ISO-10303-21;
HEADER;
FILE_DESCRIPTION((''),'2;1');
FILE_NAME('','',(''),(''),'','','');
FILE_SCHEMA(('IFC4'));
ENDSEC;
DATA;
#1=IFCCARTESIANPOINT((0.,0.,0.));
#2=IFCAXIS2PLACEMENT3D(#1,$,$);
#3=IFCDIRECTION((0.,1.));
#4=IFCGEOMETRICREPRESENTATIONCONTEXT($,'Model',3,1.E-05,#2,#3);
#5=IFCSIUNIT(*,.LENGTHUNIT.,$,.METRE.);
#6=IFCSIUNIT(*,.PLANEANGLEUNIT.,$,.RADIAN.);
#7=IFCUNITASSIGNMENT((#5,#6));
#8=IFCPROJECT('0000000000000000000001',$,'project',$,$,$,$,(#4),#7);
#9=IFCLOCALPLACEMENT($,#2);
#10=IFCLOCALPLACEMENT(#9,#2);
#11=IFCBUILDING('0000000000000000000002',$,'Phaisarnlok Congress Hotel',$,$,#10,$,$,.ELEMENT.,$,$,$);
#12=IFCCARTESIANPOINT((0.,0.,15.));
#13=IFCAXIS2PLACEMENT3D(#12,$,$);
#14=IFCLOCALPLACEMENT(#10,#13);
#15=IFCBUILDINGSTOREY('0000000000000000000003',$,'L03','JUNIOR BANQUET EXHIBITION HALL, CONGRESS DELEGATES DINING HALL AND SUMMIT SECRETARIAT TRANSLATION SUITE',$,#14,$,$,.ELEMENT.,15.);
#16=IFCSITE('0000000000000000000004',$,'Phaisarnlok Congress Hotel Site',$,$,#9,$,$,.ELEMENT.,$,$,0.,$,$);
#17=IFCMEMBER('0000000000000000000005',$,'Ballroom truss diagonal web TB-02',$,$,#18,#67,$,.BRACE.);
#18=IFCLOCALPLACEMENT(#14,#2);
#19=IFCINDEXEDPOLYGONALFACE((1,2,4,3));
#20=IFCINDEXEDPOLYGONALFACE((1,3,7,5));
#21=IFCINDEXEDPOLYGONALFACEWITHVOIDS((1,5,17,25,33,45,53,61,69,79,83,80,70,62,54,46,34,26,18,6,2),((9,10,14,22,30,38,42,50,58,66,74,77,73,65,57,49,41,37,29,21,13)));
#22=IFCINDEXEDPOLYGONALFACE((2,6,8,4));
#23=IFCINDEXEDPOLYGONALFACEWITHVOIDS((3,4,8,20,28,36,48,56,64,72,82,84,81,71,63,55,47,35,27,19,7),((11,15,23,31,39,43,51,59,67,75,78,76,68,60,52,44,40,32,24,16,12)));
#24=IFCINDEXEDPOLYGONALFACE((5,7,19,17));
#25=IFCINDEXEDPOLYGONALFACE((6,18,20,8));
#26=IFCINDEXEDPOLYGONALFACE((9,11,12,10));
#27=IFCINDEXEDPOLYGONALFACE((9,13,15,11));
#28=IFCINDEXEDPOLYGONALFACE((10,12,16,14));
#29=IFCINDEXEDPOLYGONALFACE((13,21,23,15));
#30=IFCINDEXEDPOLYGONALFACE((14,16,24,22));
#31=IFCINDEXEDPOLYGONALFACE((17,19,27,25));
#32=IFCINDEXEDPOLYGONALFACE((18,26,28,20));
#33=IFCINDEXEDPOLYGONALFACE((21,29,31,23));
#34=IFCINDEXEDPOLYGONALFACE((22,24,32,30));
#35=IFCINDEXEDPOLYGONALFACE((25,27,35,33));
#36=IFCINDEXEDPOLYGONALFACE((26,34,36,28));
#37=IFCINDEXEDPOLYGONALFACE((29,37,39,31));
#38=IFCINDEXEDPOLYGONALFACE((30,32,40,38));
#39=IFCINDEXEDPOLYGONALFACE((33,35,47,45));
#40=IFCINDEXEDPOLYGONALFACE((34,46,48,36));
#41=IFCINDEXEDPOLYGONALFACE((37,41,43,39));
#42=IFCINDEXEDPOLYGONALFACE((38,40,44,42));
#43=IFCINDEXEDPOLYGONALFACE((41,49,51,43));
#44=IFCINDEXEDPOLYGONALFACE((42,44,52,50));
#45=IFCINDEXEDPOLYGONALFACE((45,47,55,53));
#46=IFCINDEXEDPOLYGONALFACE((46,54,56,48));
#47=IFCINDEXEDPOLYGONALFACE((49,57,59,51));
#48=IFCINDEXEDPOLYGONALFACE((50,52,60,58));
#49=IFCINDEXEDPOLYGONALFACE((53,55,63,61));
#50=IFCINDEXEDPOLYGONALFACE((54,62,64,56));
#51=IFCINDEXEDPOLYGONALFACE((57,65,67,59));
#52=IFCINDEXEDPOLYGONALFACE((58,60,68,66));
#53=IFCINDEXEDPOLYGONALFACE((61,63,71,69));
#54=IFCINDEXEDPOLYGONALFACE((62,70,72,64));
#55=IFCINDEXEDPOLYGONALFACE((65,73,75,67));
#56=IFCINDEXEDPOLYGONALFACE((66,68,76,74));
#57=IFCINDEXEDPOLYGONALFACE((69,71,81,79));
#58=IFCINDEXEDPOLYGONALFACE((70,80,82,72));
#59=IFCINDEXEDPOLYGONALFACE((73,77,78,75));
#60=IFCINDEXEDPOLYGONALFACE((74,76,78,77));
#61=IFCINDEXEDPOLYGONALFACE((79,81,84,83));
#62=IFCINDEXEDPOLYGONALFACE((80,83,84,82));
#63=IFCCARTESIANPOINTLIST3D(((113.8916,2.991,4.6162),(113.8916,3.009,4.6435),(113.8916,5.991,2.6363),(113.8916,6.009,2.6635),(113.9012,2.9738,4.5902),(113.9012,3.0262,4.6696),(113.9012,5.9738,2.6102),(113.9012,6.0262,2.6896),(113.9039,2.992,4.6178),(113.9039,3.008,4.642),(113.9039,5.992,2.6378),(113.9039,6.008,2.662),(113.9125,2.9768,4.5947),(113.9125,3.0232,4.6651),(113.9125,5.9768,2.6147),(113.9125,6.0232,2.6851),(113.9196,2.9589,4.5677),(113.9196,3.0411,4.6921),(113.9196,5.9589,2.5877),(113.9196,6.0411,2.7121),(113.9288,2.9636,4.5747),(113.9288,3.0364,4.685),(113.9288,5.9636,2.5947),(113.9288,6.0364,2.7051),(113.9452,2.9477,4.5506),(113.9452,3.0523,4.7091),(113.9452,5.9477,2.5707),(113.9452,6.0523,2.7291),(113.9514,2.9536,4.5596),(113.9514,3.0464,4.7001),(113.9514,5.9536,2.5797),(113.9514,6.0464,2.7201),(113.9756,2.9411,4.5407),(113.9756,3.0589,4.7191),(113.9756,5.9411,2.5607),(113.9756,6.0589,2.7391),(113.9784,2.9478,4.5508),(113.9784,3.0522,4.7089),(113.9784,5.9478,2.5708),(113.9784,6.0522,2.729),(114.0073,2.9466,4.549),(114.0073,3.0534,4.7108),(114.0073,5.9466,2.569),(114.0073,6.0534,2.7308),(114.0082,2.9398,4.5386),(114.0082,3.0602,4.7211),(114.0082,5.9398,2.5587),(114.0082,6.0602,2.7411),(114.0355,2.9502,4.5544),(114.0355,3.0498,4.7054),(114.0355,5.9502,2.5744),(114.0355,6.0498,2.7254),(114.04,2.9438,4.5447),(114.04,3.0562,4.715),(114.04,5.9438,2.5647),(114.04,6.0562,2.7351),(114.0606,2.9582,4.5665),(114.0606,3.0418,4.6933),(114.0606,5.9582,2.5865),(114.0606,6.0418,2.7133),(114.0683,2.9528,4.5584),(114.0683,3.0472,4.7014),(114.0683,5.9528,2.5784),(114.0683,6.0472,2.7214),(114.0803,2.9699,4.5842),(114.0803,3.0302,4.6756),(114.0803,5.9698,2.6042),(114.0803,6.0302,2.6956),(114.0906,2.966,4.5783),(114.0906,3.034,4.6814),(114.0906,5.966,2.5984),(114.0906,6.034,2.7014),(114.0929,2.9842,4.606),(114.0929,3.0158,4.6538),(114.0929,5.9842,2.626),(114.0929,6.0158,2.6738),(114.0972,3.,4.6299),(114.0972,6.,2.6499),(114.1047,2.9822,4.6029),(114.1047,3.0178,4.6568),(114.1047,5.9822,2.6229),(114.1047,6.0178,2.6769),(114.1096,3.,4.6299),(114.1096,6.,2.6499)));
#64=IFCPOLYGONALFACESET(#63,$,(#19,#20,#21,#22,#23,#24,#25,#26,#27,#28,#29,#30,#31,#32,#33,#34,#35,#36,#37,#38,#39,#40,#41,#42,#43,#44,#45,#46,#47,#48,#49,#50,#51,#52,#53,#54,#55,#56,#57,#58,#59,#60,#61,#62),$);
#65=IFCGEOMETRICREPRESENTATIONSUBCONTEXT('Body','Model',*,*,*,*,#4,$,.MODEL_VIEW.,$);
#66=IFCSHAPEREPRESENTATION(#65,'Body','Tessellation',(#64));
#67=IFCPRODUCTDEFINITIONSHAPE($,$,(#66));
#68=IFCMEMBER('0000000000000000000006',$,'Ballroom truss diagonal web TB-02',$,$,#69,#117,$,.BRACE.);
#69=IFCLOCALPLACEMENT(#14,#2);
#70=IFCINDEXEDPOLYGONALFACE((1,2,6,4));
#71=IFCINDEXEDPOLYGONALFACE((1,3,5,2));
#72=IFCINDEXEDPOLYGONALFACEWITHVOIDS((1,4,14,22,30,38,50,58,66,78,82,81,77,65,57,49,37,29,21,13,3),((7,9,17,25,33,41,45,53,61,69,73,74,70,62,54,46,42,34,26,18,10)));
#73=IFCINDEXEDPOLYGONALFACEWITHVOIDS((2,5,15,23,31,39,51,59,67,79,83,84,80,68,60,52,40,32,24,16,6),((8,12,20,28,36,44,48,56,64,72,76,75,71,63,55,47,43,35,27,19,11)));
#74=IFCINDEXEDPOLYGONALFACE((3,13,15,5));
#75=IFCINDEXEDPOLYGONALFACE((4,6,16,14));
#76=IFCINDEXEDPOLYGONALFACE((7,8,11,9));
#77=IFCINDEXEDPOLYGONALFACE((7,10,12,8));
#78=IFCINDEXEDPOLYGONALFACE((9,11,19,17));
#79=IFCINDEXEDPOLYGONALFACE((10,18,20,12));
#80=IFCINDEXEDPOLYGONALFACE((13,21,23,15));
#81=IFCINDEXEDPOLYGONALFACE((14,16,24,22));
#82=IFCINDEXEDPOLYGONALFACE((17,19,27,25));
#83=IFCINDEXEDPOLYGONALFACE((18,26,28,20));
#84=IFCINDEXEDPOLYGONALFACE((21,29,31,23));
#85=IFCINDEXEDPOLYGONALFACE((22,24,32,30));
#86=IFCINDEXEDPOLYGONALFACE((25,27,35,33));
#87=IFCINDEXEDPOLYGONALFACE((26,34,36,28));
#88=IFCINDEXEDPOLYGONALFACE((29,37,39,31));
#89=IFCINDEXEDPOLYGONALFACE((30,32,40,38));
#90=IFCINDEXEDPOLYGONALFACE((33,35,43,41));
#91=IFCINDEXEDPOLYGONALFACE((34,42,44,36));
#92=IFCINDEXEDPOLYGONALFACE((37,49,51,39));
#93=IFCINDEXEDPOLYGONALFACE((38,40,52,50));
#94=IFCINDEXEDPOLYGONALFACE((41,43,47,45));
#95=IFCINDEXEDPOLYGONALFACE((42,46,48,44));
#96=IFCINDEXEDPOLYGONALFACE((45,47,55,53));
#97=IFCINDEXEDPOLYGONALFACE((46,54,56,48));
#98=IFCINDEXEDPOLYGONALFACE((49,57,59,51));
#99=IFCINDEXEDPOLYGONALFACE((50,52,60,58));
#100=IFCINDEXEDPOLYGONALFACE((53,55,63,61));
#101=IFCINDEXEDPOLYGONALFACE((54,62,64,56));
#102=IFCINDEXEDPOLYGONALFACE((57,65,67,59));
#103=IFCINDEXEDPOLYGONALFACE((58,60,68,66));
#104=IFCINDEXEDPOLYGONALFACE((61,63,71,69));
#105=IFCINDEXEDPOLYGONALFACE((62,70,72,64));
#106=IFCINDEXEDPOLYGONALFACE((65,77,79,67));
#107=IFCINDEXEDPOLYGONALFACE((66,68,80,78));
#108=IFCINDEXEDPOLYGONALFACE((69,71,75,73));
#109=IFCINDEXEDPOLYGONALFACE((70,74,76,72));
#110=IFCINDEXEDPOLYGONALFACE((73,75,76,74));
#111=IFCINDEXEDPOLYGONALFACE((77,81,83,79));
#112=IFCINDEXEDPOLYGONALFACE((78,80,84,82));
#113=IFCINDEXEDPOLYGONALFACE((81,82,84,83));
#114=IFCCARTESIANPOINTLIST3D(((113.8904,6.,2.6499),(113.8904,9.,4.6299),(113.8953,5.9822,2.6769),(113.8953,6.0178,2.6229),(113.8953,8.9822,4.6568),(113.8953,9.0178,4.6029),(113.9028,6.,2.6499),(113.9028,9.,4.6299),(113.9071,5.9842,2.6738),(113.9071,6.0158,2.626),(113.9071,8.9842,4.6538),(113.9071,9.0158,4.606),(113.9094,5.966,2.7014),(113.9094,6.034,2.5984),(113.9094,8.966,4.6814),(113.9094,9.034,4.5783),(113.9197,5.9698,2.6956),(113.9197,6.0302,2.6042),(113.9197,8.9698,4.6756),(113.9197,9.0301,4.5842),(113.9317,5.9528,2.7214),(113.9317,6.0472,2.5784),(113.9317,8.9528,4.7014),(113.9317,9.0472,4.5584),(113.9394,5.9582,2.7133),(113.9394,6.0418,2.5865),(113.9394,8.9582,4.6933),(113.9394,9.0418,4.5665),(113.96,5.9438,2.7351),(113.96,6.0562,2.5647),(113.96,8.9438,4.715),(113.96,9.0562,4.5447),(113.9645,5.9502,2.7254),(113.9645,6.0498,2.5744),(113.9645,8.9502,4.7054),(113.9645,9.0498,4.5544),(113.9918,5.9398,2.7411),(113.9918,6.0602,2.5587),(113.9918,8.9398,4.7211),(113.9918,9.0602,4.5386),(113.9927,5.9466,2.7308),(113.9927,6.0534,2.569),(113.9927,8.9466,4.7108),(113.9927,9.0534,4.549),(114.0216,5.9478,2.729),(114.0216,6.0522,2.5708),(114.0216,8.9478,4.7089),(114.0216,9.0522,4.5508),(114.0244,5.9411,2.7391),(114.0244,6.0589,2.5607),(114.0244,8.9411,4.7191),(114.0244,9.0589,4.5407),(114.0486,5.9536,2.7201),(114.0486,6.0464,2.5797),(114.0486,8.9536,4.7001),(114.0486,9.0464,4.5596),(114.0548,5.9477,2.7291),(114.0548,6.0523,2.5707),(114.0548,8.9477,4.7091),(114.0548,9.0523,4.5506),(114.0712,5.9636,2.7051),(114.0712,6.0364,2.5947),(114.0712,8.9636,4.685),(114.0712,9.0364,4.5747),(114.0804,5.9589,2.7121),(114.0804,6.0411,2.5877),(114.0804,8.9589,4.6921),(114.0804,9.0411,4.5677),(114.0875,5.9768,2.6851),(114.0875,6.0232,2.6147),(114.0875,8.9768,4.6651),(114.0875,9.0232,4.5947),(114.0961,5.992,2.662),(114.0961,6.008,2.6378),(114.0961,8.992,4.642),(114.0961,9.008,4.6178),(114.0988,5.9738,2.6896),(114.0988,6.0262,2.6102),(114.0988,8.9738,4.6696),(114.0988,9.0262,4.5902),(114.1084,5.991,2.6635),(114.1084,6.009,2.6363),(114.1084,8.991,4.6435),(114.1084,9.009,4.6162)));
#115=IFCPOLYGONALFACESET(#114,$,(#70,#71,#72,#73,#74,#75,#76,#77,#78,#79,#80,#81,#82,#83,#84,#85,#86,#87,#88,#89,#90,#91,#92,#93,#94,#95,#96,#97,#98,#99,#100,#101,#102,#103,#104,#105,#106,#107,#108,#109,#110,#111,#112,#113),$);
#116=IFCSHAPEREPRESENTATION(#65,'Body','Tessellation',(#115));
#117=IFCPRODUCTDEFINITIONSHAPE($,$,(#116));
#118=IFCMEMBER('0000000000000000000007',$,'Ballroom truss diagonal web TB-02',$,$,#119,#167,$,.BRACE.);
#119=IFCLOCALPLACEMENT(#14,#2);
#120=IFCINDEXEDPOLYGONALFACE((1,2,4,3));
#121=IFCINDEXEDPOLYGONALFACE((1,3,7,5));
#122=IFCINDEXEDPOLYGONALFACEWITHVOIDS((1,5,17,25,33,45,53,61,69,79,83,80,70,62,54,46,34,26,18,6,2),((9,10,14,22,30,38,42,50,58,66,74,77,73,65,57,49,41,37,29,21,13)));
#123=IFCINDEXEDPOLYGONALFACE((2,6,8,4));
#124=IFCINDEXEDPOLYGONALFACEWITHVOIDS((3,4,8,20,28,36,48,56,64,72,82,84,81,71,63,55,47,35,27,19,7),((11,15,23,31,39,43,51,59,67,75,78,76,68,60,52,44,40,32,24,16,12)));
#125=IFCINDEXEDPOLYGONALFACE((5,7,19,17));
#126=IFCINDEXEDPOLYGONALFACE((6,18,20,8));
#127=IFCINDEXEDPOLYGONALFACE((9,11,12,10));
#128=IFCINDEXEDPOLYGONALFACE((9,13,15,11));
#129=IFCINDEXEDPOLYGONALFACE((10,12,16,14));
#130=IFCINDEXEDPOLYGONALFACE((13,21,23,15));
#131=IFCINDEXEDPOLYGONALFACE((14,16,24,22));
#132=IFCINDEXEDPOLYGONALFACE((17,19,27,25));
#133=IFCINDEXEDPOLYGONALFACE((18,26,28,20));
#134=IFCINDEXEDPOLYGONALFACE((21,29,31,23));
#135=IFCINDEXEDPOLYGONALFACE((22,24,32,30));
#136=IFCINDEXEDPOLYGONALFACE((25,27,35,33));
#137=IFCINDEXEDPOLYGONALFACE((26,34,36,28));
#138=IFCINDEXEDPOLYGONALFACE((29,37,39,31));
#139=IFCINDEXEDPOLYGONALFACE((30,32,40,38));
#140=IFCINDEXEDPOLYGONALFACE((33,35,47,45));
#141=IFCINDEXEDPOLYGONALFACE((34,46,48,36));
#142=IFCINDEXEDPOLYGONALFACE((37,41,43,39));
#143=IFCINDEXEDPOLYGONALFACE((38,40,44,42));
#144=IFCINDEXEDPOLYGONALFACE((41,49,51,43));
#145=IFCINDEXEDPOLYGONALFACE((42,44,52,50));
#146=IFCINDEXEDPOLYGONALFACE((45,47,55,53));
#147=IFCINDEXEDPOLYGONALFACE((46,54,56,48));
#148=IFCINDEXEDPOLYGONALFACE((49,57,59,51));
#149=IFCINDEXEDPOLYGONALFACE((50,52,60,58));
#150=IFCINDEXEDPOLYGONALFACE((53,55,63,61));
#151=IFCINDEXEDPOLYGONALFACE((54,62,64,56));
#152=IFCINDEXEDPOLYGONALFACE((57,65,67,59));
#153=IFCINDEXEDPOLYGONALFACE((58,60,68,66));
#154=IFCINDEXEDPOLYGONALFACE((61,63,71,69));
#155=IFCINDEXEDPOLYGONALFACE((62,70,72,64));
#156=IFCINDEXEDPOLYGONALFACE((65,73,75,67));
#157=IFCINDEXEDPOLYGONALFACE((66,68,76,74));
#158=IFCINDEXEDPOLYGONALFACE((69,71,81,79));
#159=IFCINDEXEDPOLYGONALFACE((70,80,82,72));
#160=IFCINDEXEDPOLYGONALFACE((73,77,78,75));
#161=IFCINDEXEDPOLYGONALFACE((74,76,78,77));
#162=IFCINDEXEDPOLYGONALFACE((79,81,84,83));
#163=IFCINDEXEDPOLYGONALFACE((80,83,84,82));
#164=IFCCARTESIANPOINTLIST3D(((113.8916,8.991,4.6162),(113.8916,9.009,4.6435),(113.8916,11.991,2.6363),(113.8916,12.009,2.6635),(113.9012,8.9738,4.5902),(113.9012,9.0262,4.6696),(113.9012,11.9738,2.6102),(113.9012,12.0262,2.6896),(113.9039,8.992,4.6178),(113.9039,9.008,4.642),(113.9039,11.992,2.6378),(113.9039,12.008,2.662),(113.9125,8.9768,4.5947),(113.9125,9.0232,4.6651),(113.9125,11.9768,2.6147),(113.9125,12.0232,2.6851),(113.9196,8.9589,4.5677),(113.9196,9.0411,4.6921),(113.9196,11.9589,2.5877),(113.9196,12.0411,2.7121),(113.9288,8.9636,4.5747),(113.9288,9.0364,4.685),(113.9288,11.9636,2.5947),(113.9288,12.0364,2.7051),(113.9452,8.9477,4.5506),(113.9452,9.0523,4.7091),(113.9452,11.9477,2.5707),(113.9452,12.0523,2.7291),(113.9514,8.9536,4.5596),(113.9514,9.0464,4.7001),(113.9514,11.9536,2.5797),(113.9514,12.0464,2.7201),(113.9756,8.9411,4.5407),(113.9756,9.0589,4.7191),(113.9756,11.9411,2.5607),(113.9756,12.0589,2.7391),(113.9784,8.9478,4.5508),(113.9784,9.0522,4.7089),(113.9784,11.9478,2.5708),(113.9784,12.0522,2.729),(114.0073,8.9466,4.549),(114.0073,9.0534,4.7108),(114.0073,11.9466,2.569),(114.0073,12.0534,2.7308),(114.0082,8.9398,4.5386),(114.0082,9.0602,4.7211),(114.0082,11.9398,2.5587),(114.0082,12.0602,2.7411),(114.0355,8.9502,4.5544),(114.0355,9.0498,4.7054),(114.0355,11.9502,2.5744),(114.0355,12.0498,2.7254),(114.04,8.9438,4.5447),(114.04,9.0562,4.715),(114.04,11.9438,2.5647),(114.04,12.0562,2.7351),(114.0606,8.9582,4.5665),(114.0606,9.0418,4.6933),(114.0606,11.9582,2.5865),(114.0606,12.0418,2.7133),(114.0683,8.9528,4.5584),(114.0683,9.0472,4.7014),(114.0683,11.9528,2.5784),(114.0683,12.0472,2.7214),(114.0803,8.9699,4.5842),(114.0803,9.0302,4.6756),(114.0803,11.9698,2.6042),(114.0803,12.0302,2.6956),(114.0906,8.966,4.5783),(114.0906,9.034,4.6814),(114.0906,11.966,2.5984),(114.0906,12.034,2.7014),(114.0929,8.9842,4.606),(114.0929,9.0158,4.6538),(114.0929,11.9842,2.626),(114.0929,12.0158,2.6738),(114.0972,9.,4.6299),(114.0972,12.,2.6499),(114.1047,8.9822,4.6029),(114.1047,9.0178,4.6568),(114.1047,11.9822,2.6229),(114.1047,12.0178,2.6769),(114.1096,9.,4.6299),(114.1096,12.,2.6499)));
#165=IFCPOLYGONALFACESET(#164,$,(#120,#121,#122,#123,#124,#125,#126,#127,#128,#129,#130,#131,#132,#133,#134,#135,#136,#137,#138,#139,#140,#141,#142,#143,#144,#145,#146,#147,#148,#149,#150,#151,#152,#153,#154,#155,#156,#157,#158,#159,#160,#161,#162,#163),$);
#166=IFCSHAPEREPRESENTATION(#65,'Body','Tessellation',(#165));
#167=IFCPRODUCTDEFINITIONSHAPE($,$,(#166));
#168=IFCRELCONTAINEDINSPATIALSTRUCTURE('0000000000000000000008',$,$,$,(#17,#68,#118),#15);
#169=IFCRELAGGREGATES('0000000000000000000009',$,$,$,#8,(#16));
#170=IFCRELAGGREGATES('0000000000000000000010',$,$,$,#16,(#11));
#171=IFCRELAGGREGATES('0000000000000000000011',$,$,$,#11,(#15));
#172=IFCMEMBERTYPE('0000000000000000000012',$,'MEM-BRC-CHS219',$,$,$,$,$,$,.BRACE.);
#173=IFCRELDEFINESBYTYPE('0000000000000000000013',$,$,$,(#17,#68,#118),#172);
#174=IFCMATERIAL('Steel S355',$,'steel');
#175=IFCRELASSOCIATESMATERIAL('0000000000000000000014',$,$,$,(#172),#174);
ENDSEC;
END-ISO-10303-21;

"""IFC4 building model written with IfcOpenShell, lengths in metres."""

from ifc_helpers import new_model, si_unit, direction, frame, origin, origin_2d, place, context, subcontext, project, spatial, hollow_circle, extrude, material, material_profile, profile_set, type_object, element, save


model = new_model("IFC4")

# Units and contexts
model_context = context("Model", 3, precision=1e-05, world=origin(), true_north=direction((0.0, 1.0)))
body_context = subcontext(model_context, "Body", "Model", "MODEL_VIEW")
ifc_project = project(units=[si_unit("LENGTHUNIT", "METRE"), si_unit("PLANEANGLEUNIT", "RADIAN")], contexts=[model_context])

# Site, building, storey
site_placement = place(None, origin())
site = spatial("IfcSite", under=ifc_project, at=site_placement, Name="Phaisarnlok Congress Hotel Site", CompositionType="ELEMENT", RefElevation=0.0)
building_placement = place(site_placement, origin())
building = spatial("IfcBuilding", under=site, at=building_placement, Name="Phaisarnlok Congress Hotel", CompositionType="ELEMENT")
storey_placement = place(building_placement, frame((0.0, 0.0, 15.0)))
storey = spatial("IfcBuildingStorey", under=building, at=storey_placement, Name="L03", Description="JUNIOR BANQUET EXHIBITION HALL, CONGRESS DELEGATES DINING HALL AND SUMMIT SECRETARIAT TRANSLATION SUITE", CompositionType="ELEMENT", Elevation=15.0)

# Members
ifc_material_1 = material(Name="Steel S355", Category="steel")
ifc_material_profile_1 = material_profile(ifc_material_1, hollow_circle(Radius=0.1096, WallThickness=0.0125, at=origin_2d()), Name="CHS 219.1x12.5")
ifc_profile_set_1 = profile_set([ifc_material_profile_1], Name="Steel S355")
member_type_1 = type_object("IfcMemberType", Name="MEM-BRC-CHS219", PredefinedType="BRACE", material=ifc_profile_set_1)
for number, where, z_axis, x_axis, name in (
    (1, (114.0, 6.0, 2.6499), (0.0, -0.834612, 0.550838), (1.0, 0.0, 0.0), "Ballroom truss diagonal web TB-02"),
    (2, (114.0, 6.0, 2.6499), (0.0, 0.834612, 0.550838), (-1.0, 0.0, 0.0), "Ballroom truss diagonal web TB-02"),
    (3, (114.0, 12.0, 2.6499), (0.0, -0.834612, 0.550838), (1.0, 0.0, 0.0), "Ballroom truss diagonal web TB-02"),
):
    element("IfcMember", number, at=place(storey_placement, frame(where, z_axis=z_axis, x_axis=x_axis)), inside=storey, type_object=member_type_1, Name=name, PredefinedType="BRACE", context=body_context, shape_type="SweptSolid", body=[
        extrude(hollow_circle(Radius=0.1096, WallThickness=0.0125, at=origin_2d()), origin(), (0.0, 0.0, 1.0), 3.5945),
    ])

save(model, "model.ifc")
